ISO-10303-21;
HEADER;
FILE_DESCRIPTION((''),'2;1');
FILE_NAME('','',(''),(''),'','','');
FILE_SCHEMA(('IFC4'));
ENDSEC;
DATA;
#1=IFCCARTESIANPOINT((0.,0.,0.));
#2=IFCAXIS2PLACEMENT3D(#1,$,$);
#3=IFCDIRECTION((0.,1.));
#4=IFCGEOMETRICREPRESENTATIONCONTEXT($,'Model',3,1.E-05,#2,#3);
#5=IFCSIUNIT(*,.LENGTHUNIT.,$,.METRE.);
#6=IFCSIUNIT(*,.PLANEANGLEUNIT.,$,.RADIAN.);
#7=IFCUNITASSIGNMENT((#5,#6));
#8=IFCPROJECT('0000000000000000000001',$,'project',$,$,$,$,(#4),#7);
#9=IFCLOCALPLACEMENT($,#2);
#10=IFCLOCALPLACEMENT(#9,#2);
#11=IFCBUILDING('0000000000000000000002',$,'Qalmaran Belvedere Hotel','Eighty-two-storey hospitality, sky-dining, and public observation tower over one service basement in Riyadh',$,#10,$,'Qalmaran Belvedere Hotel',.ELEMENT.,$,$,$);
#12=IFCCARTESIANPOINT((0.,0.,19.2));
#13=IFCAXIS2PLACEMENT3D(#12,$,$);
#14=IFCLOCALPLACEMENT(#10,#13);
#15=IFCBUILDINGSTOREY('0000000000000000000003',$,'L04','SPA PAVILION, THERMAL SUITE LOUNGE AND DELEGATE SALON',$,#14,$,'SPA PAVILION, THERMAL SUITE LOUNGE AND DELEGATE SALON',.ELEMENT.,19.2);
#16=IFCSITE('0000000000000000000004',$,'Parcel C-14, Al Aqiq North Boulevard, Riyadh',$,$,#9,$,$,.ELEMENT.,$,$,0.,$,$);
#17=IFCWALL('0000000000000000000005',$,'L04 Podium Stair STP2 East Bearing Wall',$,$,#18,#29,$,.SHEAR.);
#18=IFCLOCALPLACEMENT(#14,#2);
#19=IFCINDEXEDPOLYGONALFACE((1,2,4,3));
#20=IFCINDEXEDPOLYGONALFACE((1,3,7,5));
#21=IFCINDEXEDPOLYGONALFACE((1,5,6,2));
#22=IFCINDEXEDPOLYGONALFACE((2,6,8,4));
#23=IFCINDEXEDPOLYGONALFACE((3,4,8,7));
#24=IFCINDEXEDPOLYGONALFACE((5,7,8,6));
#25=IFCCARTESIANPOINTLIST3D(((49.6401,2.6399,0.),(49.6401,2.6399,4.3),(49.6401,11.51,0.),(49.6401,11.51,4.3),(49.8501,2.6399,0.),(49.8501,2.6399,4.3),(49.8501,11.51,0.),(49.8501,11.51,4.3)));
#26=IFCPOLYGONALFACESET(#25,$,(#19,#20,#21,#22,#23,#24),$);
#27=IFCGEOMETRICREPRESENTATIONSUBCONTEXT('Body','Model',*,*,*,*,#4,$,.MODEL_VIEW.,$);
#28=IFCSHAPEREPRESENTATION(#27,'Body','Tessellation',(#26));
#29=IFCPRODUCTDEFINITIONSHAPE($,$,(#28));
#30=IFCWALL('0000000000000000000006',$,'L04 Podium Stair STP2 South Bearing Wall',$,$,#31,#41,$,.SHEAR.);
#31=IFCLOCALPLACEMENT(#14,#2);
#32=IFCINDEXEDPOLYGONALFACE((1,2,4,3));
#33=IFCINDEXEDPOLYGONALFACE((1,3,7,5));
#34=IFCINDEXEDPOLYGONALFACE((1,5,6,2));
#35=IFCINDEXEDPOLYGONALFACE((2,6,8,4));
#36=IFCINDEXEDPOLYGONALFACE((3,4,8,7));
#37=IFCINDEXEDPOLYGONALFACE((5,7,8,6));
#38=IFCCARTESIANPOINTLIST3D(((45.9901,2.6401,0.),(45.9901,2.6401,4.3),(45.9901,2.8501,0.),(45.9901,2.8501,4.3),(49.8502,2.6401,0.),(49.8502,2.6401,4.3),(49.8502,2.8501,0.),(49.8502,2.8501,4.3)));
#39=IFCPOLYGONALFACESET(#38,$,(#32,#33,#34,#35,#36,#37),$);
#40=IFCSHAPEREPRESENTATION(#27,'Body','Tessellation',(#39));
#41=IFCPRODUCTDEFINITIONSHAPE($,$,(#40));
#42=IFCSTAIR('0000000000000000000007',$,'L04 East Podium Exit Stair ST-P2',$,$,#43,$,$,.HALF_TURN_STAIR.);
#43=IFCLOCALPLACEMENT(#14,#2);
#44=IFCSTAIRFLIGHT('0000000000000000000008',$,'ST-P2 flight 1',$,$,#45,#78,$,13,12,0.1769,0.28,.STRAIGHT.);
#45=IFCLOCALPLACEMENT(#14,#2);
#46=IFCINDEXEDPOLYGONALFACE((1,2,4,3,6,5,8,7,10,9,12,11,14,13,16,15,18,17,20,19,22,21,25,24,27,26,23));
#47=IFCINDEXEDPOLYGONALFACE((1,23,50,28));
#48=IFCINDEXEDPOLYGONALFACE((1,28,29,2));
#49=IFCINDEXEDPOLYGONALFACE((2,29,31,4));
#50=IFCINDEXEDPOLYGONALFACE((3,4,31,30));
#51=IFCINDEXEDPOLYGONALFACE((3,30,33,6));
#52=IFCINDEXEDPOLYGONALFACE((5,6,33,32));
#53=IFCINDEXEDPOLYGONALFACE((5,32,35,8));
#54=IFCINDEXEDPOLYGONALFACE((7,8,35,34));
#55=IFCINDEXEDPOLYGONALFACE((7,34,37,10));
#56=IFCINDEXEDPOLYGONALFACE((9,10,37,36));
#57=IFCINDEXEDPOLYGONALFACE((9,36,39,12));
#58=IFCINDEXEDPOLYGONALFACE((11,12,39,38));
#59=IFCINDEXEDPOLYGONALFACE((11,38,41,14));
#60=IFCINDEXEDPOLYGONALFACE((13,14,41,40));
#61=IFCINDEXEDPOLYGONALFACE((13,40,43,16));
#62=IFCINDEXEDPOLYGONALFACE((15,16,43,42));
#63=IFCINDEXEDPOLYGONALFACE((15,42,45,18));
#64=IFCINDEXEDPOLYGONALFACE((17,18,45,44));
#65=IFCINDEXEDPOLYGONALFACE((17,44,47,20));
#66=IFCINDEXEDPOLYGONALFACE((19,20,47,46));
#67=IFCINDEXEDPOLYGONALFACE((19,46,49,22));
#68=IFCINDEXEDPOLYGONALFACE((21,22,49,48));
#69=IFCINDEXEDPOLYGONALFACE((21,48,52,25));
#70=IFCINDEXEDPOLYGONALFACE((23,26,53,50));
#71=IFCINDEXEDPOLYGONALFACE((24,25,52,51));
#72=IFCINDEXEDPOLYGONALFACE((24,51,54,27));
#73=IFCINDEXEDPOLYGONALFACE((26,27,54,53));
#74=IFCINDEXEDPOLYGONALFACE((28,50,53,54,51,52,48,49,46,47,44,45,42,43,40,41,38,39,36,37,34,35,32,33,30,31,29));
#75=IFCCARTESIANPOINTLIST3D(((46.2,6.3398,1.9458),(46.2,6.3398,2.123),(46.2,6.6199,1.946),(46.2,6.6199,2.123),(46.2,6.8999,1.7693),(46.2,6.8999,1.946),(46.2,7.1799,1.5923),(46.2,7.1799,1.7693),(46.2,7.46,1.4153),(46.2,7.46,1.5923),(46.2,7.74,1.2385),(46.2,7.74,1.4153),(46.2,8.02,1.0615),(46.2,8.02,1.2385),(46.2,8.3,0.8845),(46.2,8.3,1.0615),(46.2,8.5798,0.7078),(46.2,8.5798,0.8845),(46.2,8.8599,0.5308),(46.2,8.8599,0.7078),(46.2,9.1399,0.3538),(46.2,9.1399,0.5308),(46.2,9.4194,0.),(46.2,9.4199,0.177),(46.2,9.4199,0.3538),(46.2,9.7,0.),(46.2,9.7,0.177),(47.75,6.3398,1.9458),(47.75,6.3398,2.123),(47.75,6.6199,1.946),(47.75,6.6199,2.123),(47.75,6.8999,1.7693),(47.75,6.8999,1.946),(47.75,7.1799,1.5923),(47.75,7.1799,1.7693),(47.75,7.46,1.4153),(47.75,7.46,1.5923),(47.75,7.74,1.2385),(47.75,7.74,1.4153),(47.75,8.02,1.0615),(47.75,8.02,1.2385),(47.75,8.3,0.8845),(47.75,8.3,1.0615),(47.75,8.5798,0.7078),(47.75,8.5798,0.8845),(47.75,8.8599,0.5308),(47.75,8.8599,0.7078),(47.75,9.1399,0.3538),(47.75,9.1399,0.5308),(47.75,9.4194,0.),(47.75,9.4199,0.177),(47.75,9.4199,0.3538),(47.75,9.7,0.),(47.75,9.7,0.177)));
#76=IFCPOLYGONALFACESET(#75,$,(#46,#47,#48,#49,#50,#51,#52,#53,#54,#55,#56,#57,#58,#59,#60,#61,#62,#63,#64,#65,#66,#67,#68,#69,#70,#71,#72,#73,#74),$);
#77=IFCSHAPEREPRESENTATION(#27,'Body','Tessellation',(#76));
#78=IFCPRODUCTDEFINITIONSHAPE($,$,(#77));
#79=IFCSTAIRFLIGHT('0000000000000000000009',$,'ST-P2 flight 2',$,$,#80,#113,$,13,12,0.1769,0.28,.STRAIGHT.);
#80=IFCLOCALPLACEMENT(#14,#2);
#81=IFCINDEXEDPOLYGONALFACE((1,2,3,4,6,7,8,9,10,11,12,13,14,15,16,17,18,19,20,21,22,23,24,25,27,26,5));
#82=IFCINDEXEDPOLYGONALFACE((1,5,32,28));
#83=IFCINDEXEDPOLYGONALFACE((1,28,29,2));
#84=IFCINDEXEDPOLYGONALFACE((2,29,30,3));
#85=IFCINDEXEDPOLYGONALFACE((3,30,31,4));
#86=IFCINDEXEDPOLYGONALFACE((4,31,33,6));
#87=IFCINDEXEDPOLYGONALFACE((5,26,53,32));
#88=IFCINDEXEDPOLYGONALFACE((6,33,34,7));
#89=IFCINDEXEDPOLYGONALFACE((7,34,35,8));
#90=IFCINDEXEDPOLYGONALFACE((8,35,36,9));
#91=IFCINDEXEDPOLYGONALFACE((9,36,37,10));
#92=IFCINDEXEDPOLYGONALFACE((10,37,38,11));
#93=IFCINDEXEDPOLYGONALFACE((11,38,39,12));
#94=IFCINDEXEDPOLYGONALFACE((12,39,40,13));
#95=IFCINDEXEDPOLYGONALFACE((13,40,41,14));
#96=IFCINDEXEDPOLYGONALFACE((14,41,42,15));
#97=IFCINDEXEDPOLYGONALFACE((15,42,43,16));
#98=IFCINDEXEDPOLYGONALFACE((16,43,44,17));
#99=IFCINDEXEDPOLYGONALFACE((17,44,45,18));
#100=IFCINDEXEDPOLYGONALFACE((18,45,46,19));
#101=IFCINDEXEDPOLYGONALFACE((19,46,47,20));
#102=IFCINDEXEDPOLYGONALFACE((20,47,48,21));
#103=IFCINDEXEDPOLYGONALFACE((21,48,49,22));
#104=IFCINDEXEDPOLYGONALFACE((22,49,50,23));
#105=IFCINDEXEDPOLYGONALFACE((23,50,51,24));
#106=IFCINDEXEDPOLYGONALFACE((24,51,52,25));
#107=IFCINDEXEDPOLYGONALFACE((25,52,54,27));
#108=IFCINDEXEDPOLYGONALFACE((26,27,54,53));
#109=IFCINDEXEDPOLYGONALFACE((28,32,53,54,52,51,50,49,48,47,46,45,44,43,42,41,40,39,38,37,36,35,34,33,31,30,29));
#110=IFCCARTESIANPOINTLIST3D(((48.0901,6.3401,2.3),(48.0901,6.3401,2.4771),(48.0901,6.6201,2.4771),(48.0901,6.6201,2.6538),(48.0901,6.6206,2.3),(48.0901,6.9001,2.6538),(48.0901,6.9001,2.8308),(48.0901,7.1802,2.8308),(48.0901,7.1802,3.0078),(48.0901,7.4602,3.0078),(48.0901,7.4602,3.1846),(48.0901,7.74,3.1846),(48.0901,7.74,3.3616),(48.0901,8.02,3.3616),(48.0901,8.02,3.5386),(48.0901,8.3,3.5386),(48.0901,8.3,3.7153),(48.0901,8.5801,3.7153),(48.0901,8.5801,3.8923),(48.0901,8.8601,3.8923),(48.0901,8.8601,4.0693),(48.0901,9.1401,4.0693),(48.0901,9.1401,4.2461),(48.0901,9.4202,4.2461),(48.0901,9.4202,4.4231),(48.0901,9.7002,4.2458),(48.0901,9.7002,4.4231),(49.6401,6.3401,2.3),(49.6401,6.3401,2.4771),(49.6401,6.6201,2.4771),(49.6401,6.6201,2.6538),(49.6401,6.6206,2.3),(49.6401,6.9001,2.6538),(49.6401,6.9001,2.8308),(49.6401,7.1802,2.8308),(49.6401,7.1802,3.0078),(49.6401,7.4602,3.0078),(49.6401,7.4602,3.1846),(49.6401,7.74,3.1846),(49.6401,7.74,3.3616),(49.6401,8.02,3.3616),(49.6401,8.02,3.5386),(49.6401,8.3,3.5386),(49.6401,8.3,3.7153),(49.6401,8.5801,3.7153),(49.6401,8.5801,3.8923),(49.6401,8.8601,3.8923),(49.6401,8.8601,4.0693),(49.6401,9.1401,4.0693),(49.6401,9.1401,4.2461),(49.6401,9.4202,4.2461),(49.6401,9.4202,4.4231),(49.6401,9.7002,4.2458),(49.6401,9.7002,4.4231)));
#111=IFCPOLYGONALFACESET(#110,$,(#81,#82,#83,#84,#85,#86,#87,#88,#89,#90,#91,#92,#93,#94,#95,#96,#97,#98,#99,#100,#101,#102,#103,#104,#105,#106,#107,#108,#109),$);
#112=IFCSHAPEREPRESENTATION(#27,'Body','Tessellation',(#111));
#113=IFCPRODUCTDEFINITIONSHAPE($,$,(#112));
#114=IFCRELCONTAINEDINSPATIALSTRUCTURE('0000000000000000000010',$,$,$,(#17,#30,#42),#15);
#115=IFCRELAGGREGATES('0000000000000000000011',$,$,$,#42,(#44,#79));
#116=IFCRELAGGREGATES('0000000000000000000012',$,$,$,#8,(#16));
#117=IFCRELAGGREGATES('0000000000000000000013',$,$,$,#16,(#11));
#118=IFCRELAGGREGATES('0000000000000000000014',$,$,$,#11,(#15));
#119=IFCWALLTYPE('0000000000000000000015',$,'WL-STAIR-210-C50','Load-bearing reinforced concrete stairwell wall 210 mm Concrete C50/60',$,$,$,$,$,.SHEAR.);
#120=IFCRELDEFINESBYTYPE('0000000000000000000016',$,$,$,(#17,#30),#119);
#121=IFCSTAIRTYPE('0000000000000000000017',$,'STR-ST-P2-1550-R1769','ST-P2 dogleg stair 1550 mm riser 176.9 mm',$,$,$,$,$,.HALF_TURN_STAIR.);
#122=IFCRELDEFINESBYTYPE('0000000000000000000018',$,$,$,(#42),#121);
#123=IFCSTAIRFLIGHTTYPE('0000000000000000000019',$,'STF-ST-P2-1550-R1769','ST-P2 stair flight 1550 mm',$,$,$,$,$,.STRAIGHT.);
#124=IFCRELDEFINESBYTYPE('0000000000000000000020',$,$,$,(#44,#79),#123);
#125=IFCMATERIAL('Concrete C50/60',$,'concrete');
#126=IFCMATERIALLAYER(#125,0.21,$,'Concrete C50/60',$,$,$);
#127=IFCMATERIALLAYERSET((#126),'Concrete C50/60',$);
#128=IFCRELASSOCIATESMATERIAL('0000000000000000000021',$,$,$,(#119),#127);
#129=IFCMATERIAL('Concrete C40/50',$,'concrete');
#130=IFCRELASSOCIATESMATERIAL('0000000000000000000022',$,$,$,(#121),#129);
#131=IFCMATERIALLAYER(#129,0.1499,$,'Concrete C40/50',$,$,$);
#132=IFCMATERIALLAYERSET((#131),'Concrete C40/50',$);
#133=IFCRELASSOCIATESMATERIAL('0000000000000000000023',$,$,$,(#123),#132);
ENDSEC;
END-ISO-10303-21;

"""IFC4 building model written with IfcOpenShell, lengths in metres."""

from ifc_helpers import new_model, si_unit, direction, frame, frame_2d, origin, place, context, subcontext, project, spatial, polyline, rectangle, outline, extrude, material, layer, layer_set, type_object, element, aggregate, save


model = new_model("IFC4")

# Units and contexts
model_context = context("Model", 3, precision=1e-05, world=origin(), true_north=direction((0.0, 1.0)))
body_context = subcontext(model_context, "Body", "Model", "MODEL_VIEW")
ifc_project = project(units=[si_unit("LENGTHUNIT", "METRE"), si_unit("PLANEANGLEUNIT", "RADIAN")], contexts=[model_context])

# Site, building, storey
site_placement = place(None, origin())
site = spatial("IfcSite", under=ifc_project, at=site_placement, Name="Parcel C-14, Al Aqiq North Boulevard, Riyadh", CompositionType="ELEMENT", RefElevation=0.0)
building_placement = place(site_placement, origin())
building = spatial("IfcBuilding", under=site, at=building_placement, Name="Qalmaran Belvedere Hotel", Description="Eighty-two-storey hospitality, sky-dining, and public observation tower over one service basement in Riyadh", LongName="Qalmaran Belvedere Hotel", CompositionType="ELEMENT")
storey_placement = place(building_placement, frame((0.0, 0.0, 19.2)))
storey = spatial("IfcBuildingStorey", under=building, at=storey_placement, Name="L04", Description="SPA PAVILION, THERMAL SUITE LOUNGE AND DELEGATE SALON", LongName="SPA PAVILION, THERMAL SUITE LOUNGE AND DELEGATE SALON", CompositionType="ELEMENT", Elevation=19.2)

# Walls
ifc_material_1 = material(Name="Concrete C50/60", Category="concrete")
ifc_layer_1 = layer(ifc_material_1, 0.21, Name="Concrete C50/60")
ifc_layer_set_1 = layer_set([ifc_layer_1], Name="Concrete C50/60")
wall_type_1 = type_object("IfcWallType", Name="WL-STAIR-210-C50", Description="Load-bearing reinforced concrete stairwell wall 210 mm Concrete C50/60", PredefinedType="SHEAR", material=ifc_layer_set_1)
for number, where, z_axis, x_axis, name in (
    (1, (49.7451, 2.6399, 0.0), (0.0, 0.0, 1.0), (0.0, 1.0, 0.0), "L04 Podium Stair STP2 East Bearing Wall"),
):
    element("IfcWall", number, at=place(storey_placement, frame(where, z_axis=z_axis, x_axis=x_axis)), inside=storey, type_object=wall_type_1, Name=name, PredefinedType="SHEAR", context=body_context, shape_type="SweptSolid", body=[
        extrude(rectangle(XDim=8.8701, YDim=0.21, at=frame_2d((4.4351, 0.0))), origin(), (0.0, 0.0, 1.0), 4.3),
    ])
wall_1_placement = place(storey_placement, frame((45.99, 2.7451, 0.0), z_axis=(0.0, 0.0, 1.0), x_axis=(1.0, 0.0, 0.0)))
element("IfcWall", 2, at=wall_1_placement, inside=storey, type_object=wall_type_1, Name="L04 Podium Stair STP2 South Bearing Wall", PredefinedType="SHEAR", context=body_context, shape_type="SweptSolid", body=[
    extrude(rectangle(XDim=3.8601, YDim=0.21, at=frame_2d((1.9302, 0.0))), origin(), (0.0, 0.0, 1.0), 4.3),
])

# Stair, stair flights
ifc_material_2 = material(Name="Concrete C40/50", Category="concrete")
stair_type = type_object("IfcStairType", Name="STR-ST-P2-1550-R1769", Description="ST-P2 dogleg stair 1550 mm riser 176.9 mm", PredefinedType="HALF_TURN_STAIR", material=ifc_material_2)
stair_placement = place(storey_placement, origin())
stair = element("IfcStair", 3, at=stair_placement, inside=storey, type_object=stair_type, Name="L04 East Podium Exit Stair ST-P2", PredefinedType="HALF_TURN_STAIR")
ifc_layer_2 = layer(ifc_material_2, 0.1499, Name="Concrete C40/50")
ifc_layer_set_2 = layer_set([ifc_layer_2], Name="Concrete C40/50")
stair_flight_type = type_object("IfcStairFlightType", Name="STF-ST-P2-1550-R1769", Description="ST-P2 stair flight 1550 mm", PredefinedType="STRAIGHT", material=ifc_layer_set_2)
stair_flight_1_placement = place(storey_placement, frame((46.9751, 9.7, 0.0), z_axis=(0.0, 0.0, 1.0), x_axis=(0.0, -1.0, 0.0)))
stair_flight_1 = element("IfcStairFlight", 4, at=stair_flight_1_placement, type_object=stair_flight_type, Name="ST-P2 flight 1", NumberOfRisers=13, NumberOfTreads=12, PredefinedType="STRAIGHT", RiserHeight=0.1769, TreadLength=0.28, context=body_context, shape_type="SweptSolid", body=[
    extrude(outline(polyline([(0.0, 0.0), (0.0, 0.177), (0.28, 0.177), (0.28, 0.3538), (0.5601, 0.3538), (0.5601, 0.5308), (0.8401, 0.5308), (0.8401, 0.7078), (1.1201, 0.7078), (1.1201, 0.8845), (1.3999, 0.8845), (1.3999, 1.0615), (1.6799, 1.0615), (1.6799, 1.2385), (1.96, 1.2385), (1.96, 1.4153), (2.24, 1.4153), (2.24, 1.5923), (2.52, 1.5923), (2.52, 1.7693), (2.8, 1.7693), (2.8, 1.946), (3.0801, 1.946), (3.0801, 2.123), (3.3601, 2.123), (3.3601, 2.3), (3.3601, 1.9458), (0.2805, 0.0), (0.0, 0.0)])), frame((0.0, 0.7749, 0.0), z_axis=(0.0, -1.0, 0.0), x_axis=(1.0, 0.0, 0.0)), (0.0, 0.0, 1.0), 1.55),
])
stair_flight_2_placement = place(storey_placement, frame((48.865, 6.3401, 2.3), z_axis=(0.0, 0.0, 1.0), x_axis=(0.0, 1.0, 0.0)))
stair_flight_2 = element("IfcStairFlight", 5, at=stair_flight_2_placement, type_object=stair_flight_type, Name="ST-P2 flight 2", NumberOfRisers=13, NumberOfTreads=12, PredefinedType="STRAIGHT", RiserHeight=0.1769, TreadLength=0.28, context=body_context, shape_type="SweptSolid", body=[
    extrude(outline(polyline([(0.0, 0.0), (0.0, 0.177), (0.28, 0.177), (0.28, 0.3538), (0.5601, 0.3538), (0.5601, 0.5308), (0.8401, 0.5308), (0.8401, 0.7078), (1.1201, 0.7078), (1.1201, 0.8845), (1.3999, 0.8845), (1.3999, 1.0615), (1.6799, 1.0615), (1.6799, 1.2385), (1.96, 1.2385), (1.96, 1.4153), (2.24, 1.4153), (2.24, 1.5923), (2.52, 1.5923), (2.52, 1.7693), (2.8, 1.7693), (2.8, 1.946), (3.0801, 1.946), (3.0801, 2.123), (3.3601, 2.123), (3.3601, 2.3), (3.3601, 1.9458), (0.2805, 0.0), (0.0, 0.0)])), frame((0.0, 0.7749, 0.0), z_axis=(0.0, -1.0, 0.0), x_axis=(1.0, 0.0, 0.0)), (0.0, 0.0, 1.0), 1.55),
])
aggregate(stair, [stair_flight_1, stair_flight_2])

save(model, "model.ifc")
